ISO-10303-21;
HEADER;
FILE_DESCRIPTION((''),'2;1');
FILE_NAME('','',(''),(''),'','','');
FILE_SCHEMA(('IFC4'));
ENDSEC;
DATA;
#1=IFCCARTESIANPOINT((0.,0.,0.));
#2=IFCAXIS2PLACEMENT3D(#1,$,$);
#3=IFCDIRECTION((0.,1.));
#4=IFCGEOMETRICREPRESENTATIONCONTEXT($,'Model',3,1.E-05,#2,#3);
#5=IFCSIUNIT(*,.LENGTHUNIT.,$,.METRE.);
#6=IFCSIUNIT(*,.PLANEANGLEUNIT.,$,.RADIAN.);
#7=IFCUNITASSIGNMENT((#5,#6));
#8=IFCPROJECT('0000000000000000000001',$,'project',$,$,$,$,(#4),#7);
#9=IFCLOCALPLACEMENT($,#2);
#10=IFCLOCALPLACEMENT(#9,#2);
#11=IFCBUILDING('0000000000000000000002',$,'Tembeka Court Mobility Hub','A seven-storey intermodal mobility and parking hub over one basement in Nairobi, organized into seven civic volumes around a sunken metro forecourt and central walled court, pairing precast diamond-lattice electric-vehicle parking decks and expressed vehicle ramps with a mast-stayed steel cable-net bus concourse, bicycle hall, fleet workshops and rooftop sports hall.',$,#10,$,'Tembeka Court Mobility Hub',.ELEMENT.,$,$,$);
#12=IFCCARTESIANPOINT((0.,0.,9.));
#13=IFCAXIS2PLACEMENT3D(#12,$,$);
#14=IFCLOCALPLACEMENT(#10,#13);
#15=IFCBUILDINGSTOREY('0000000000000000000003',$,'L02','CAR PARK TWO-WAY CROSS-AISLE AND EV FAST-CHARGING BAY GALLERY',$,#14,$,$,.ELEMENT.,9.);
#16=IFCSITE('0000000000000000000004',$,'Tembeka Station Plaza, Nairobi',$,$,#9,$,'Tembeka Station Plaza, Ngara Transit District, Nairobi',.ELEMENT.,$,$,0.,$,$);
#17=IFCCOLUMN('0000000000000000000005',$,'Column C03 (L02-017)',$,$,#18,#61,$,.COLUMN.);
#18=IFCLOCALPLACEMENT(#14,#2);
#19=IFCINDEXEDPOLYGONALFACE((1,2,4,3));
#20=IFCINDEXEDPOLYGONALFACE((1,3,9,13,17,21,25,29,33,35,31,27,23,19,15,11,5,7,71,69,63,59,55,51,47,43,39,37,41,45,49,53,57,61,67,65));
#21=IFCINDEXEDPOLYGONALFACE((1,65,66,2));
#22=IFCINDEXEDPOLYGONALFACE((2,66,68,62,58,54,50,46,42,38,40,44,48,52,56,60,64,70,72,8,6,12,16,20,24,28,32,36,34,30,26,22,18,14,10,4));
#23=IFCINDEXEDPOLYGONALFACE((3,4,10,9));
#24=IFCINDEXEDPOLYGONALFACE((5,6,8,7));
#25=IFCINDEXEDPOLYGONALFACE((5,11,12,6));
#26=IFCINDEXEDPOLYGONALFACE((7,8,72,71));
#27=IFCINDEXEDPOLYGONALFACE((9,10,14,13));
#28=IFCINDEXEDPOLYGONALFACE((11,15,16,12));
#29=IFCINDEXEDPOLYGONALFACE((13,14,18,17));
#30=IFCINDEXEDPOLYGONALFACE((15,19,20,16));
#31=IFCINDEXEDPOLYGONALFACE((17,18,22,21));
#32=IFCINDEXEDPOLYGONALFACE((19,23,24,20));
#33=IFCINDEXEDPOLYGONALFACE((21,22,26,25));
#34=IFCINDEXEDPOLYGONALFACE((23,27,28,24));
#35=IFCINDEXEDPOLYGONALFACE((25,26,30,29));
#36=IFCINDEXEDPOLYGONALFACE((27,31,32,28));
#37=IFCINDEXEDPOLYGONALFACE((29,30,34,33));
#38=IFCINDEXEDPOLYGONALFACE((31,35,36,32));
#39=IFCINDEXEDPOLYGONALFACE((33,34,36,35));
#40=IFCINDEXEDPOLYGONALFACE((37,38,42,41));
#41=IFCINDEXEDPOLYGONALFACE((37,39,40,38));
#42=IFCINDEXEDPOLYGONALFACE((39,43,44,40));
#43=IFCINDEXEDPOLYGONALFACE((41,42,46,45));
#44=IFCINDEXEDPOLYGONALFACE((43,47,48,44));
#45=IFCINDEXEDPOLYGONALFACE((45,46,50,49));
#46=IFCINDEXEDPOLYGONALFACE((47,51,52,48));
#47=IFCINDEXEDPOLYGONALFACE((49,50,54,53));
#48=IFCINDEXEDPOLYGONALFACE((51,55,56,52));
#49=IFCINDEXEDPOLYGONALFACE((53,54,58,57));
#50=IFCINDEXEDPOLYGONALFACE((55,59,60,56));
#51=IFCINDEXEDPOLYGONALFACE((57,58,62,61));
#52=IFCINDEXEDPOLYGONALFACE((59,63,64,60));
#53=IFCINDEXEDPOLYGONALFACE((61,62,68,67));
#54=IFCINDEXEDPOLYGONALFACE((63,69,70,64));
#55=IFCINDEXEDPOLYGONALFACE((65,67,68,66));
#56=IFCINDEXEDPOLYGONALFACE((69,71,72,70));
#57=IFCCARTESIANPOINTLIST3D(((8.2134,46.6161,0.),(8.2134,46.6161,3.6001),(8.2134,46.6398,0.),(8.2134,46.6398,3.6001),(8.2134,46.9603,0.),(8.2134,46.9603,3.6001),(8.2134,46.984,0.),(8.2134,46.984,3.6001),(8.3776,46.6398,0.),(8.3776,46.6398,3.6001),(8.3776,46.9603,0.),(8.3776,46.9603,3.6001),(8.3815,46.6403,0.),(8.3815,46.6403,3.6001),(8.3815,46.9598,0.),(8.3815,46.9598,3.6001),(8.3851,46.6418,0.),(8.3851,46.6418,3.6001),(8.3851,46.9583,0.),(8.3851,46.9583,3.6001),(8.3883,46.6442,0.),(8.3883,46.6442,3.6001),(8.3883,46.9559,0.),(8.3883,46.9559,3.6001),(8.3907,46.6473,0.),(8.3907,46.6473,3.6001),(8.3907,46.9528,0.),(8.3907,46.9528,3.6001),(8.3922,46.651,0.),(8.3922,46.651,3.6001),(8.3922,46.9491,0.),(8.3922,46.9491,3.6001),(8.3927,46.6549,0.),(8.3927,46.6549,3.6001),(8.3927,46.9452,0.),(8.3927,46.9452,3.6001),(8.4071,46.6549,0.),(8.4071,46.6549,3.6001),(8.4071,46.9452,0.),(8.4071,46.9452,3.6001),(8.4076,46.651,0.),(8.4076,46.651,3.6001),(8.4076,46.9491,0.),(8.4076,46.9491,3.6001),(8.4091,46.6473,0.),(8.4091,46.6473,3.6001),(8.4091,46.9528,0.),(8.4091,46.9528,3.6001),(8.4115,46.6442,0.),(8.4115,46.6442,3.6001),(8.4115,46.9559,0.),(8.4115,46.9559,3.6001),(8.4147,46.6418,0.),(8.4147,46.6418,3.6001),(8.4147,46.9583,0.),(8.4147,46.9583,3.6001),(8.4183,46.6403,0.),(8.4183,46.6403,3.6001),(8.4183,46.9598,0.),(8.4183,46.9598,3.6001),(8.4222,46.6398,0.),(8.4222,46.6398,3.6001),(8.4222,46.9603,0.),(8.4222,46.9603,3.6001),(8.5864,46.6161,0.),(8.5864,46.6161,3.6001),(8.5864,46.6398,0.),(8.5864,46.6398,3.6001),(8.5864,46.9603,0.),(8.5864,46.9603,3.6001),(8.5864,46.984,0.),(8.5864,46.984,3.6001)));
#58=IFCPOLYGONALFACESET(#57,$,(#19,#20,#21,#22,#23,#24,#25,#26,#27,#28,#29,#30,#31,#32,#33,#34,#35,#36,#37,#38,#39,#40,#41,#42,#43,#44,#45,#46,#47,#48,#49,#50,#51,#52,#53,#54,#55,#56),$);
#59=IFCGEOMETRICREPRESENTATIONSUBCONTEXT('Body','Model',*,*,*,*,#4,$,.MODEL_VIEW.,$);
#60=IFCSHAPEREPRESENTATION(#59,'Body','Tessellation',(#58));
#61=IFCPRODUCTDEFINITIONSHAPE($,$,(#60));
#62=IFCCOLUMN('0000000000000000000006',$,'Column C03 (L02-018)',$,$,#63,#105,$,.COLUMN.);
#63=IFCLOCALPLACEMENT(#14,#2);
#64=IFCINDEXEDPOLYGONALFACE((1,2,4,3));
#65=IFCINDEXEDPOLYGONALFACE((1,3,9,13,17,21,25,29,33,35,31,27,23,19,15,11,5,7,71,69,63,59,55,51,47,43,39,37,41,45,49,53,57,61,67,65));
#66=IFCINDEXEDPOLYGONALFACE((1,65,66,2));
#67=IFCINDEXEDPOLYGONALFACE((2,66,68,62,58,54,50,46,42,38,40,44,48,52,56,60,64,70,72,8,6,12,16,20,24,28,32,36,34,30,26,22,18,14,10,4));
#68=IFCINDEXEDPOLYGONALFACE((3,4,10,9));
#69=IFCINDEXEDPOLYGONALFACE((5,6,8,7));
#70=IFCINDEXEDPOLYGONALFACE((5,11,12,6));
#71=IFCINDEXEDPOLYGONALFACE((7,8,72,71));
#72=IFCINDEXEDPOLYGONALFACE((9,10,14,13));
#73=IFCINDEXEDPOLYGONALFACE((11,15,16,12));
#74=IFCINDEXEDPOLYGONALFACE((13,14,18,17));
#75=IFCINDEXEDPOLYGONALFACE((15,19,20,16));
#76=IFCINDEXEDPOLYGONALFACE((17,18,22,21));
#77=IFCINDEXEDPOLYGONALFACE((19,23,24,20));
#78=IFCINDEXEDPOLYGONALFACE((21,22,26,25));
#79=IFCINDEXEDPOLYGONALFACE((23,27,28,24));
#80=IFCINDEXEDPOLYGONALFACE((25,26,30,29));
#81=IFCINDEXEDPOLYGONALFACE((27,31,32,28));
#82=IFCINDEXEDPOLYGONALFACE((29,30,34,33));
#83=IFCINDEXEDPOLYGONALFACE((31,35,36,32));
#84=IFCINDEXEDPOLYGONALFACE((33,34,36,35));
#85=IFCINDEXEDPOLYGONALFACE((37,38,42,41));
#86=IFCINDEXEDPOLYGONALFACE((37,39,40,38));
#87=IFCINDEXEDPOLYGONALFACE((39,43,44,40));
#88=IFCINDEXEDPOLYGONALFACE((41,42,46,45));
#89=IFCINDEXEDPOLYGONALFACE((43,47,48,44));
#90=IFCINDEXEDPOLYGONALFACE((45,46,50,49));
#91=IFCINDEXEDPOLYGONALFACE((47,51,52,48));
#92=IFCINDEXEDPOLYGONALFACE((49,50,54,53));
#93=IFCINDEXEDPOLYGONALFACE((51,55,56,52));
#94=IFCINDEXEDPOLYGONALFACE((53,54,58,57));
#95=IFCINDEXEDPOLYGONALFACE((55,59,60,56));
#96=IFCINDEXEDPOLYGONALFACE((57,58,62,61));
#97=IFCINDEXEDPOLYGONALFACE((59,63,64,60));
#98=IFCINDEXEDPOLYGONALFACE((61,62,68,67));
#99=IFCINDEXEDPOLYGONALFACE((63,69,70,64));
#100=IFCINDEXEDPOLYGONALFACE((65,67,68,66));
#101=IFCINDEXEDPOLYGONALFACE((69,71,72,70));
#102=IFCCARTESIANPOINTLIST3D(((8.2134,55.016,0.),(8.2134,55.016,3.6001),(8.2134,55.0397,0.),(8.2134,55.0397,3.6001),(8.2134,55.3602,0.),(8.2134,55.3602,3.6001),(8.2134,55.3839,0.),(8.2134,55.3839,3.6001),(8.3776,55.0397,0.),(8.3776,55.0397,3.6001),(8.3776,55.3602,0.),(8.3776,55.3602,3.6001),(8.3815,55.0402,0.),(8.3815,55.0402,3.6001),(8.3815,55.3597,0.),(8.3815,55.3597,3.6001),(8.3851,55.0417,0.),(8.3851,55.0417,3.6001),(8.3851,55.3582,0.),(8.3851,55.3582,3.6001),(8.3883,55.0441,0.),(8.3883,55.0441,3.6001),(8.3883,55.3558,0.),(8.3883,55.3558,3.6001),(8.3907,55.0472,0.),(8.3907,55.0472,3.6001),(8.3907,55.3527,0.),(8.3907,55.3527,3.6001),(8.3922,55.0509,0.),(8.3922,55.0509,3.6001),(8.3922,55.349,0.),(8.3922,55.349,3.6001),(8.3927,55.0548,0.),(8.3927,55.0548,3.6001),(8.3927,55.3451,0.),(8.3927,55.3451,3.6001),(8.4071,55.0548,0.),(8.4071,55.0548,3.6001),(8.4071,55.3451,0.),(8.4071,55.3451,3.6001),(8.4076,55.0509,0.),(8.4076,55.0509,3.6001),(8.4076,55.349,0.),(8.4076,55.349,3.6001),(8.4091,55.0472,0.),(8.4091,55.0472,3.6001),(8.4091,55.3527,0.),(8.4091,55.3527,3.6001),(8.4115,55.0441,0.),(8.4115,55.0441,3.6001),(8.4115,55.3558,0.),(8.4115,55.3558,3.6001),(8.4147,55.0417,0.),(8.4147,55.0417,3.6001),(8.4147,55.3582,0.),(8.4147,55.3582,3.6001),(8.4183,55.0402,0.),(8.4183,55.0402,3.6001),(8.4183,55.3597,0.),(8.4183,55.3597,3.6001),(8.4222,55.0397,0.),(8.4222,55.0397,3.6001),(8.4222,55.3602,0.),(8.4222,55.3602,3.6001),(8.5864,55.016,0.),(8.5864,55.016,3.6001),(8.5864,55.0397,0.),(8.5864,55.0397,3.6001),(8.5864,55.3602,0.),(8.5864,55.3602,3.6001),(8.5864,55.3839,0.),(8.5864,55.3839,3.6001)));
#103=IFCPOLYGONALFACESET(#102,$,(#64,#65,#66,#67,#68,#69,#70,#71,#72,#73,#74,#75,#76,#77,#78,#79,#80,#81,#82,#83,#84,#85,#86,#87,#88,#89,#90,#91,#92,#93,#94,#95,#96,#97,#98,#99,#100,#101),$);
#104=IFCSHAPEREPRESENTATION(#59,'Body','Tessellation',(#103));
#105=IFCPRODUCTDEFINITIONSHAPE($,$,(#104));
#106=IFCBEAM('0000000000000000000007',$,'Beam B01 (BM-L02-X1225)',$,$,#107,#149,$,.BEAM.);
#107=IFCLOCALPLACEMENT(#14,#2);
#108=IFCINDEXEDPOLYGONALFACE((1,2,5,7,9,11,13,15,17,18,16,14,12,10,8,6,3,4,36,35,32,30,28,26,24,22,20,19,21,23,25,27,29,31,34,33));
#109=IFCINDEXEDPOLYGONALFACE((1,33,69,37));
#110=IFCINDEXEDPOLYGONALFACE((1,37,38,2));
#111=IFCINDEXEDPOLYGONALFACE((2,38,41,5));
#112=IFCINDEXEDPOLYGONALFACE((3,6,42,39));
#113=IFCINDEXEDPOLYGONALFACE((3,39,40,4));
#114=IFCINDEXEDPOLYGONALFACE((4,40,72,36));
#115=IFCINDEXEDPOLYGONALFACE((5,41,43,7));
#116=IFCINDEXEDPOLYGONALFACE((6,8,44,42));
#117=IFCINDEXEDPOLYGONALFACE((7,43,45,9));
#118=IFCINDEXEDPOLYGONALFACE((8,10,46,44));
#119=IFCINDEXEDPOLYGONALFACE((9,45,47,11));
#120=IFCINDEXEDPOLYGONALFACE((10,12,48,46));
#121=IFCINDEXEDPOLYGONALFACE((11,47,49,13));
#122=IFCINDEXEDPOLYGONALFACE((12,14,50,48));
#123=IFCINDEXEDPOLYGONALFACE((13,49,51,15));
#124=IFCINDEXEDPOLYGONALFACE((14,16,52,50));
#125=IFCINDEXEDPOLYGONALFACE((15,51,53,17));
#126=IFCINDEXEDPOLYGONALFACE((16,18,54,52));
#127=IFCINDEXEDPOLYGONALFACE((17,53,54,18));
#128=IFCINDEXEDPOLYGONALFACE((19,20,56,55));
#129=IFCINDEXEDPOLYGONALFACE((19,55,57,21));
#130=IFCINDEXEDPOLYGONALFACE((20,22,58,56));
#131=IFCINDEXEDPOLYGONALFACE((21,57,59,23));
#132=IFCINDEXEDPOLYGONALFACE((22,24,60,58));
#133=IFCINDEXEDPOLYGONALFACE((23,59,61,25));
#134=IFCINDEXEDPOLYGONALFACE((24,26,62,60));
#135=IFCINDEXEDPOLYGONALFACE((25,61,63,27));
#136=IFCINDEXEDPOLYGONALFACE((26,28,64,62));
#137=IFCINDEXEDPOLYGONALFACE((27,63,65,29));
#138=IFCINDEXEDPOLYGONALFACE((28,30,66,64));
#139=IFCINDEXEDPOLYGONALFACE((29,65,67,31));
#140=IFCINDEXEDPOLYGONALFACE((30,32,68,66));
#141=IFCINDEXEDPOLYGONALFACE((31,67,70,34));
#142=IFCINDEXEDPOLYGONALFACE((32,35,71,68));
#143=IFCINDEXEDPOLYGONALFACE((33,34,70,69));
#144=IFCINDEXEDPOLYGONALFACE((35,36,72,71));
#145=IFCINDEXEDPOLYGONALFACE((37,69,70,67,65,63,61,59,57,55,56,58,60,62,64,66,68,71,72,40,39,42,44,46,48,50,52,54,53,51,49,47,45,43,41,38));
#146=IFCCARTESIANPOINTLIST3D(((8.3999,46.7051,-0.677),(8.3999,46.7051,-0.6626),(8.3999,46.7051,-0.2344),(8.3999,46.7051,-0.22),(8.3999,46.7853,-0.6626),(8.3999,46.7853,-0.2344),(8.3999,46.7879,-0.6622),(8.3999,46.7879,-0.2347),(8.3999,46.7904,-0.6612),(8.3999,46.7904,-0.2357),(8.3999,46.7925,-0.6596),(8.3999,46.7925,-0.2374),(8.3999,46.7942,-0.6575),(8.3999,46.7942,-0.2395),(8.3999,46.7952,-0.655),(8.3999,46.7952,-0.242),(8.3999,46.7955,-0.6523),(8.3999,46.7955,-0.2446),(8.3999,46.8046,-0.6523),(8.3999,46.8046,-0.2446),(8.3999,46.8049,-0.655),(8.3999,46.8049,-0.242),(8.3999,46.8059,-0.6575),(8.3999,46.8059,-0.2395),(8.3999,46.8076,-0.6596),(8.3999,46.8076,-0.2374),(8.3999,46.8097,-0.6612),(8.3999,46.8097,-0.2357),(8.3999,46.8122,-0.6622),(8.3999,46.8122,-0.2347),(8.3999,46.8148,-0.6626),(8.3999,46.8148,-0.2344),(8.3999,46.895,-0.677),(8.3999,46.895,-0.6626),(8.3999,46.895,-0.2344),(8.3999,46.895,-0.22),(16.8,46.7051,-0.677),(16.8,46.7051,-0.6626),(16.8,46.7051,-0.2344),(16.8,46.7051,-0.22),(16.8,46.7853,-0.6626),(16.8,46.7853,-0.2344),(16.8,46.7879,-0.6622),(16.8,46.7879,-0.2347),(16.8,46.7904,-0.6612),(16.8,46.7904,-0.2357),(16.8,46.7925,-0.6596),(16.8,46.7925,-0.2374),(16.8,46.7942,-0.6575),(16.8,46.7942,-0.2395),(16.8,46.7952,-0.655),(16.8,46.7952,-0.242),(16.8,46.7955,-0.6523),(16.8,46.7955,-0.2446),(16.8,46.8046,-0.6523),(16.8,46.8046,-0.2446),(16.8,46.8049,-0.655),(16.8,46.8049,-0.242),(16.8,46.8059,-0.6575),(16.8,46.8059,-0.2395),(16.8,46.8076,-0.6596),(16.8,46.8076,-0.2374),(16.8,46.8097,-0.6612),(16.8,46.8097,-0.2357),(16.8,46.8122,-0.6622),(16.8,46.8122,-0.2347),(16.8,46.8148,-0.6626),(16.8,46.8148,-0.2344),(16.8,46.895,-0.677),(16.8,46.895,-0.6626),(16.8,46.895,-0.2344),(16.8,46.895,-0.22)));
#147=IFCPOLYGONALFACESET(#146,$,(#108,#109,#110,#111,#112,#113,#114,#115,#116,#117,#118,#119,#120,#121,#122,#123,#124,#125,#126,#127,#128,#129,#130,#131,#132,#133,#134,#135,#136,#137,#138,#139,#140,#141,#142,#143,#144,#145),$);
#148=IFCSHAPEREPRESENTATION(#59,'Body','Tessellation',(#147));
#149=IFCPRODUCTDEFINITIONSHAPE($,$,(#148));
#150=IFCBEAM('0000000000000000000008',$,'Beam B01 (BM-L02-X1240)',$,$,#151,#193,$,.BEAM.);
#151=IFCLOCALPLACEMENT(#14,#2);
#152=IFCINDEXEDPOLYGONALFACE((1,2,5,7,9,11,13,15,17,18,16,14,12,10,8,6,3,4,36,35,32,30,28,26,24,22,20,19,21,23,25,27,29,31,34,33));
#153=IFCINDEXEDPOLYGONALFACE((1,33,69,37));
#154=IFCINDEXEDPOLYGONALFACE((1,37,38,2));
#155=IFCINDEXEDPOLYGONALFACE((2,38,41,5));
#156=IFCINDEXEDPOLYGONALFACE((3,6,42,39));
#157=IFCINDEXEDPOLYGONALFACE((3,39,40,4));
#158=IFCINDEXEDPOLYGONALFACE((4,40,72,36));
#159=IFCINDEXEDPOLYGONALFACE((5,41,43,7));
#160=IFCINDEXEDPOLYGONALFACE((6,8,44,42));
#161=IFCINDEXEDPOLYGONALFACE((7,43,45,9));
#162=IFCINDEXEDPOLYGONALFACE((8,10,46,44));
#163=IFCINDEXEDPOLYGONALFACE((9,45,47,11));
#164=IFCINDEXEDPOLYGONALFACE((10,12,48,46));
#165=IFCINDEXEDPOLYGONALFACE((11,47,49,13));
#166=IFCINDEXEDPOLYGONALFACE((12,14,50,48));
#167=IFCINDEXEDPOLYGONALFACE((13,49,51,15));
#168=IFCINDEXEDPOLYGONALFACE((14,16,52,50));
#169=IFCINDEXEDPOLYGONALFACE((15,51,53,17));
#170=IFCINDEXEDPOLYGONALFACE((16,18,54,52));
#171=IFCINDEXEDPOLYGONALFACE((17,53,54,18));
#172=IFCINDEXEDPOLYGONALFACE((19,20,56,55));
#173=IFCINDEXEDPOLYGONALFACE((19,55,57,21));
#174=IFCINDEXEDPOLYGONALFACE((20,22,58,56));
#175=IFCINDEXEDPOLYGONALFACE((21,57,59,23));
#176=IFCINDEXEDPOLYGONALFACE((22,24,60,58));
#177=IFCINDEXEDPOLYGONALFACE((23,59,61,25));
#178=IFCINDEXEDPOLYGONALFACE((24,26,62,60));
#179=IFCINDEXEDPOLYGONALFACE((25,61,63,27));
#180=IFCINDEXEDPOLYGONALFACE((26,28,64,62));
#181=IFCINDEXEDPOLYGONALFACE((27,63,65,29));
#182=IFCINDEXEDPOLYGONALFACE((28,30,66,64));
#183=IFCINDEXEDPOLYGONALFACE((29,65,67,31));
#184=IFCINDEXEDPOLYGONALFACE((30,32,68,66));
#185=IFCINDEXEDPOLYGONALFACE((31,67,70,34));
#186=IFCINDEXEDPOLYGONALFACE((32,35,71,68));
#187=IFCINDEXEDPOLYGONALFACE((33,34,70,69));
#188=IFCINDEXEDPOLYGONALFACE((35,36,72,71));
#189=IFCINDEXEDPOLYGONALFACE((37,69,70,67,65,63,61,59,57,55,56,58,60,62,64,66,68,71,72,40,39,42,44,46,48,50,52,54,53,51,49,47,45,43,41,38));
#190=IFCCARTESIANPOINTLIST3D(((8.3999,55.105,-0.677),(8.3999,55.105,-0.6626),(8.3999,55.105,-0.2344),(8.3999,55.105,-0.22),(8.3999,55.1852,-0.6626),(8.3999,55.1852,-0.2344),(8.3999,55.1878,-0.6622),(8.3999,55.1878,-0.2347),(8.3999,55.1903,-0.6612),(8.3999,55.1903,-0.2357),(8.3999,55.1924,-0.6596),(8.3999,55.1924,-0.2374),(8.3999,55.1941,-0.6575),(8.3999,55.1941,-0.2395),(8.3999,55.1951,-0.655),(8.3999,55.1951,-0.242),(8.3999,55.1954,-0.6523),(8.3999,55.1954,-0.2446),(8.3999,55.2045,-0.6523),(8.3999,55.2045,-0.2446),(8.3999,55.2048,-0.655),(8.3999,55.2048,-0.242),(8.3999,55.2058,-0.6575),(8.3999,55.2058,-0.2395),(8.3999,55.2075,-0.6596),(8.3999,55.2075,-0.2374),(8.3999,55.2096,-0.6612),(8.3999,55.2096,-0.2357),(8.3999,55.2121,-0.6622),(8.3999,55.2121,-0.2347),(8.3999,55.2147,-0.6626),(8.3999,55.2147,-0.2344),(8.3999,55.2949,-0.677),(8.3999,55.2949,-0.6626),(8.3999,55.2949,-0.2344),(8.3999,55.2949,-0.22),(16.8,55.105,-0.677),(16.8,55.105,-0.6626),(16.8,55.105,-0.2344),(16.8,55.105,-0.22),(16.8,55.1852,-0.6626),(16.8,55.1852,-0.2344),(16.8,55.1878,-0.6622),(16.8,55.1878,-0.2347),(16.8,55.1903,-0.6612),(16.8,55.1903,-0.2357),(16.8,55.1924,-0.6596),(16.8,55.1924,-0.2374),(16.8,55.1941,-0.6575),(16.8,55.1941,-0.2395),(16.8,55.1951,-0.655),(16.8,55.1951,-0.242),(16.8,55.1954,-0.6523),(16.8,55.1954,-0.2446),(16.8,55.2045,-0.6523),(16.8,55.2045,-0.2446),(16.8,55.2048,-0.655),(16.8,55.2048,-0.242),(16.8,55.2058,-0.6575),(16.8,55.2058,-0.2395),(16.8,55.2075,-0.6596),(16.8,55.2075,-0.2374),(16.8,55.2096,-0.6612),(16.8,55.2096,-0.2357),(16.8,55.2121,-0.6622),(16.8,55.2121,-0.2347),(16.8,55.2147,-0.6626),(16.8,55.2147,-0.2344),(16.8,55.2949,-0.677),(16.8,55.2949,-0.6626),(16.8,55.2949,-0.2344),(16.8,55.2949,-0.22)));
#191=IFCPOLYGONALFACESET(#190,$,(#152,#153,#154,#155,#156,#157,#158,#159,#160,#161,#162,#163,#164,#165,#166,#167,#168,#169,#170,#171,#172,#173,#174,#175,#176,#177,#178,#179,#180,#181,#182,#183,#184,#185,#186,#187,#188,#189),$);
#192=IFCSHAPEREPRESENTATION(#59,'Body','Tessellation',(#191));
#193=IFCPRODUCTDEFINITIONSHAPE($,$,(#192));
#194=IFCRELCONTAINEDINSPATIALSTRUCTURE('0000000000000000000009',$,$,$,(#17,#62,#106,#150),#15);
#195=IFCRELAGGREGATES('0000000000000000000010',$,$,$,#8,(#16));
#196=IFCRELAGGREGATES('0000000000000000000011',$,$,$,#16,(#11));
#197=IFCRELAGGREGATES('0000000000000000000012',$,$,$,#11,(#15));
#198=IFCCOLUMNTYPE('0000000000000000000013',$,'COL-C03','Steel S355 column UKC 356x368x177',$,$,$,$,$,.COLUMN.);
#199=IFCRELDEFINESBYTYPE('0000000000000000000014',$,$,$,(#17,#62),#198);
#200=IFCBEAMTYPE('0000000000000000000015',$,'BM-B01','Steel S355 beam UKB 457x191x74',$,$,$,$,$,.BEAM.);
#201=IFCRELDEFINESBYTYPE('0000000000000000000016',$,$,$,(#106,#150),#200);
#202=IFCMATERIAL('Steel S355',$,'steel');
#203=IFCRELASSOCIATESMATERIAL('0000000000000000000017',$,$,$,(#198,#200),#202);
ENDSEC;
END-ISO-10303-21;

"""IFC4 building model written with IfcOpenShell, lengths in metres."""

from ifc_helpers import new_model, si_unit, direction, frame, origin, origin_2d, place, context, subcontext, project, spatial, i_section, extrude, material, material_profile, profile_set, type_object, element, save


model = new_model("IFC4")

# Units and contexts
model_context = context("Model", 3, precision=1e-05, world=origin(), true_north=direction((0.0, 1.0)))
body_context = subcontext(model_context, "Body", "Model", "MODEL_VIEW")
ifc_project = project(units=[si_unit("LENGTHUNIT", "METRE"), si_unit("PLANEANGLEUNIT", "RADIAN")], contexts=[model_context])

# Site, building, storey
site_placement = place(None, origin())
site = spatial("IfcSite", under=ifc_project, at=site_placement, Name="Tembeka Station Plaza, Nairobi", LongName="Tembeka Station Plaza, Ngara Transit District, Nairobi", CompositionType="ELEMENT", RefElevation=0.0)
building_placement = place(site_placement, origin())
building = spatial("IfcBuilding", under=site, at=building_placement, Name="Tembeka Court Mobility Hub", Description="A seven-storey intermodal mobility and parking hub over one basement in Nairobi, organized into seven civic volumes around a sunken metro forecourt and central walled court, pairing precast diamond-lattice electric-vehicle parking decks and expressed vehicle ramps with a mast-stayed steel cable-net bus concourse, bicycle hall, fleet workshops and rooftop sports hall.", LongName="Tembeka Court Mobility Hub", CompositionType="ELEMENT")
storey_placement = place(building_placement, frame((0.0, 0.0, 9.0)))
storey = spatial("IfcBuildingStorey", under=building, at=storey_placement, Name="L02", Description="CAR PARK TWO-WAY CROSS-AISLE AND EV FAST-CHARGING BAY GALLERY", CompositionType="ELEMENT", Elevation=9.0)

# Columns
ifc_material_1 = material(Name="Steel S355", Category="steel")
ifc_material_profile_1 = material_profile(ifc_material_1, i_section(OverallWidth=0.373, OverallDepth=0.3679, WebThickness=0.0144, FlangeThickness=0.0237, FilletRadius=0.0151, at=origin_2d()), Name="UKC 356x368x177")
ifc_profile_set_1 = profile_set([ifc_material_profile_1], Name="Steel S355")
column_type = type_object("IfcColumnType", Name="COL-C03", Description="Steel S355 column UKC 356x368x177", PredefinedType="COLUMN", material=ifc_profile_set_1)
for number, where, z_axis, x_axis, name in (
    (1, (8.3999, 46.8, 0.0), (0.0, 0.0, 1.0), (1.0, 0.0, 0.0), "Column C03 (L02-017)"),
    (2, (8.3999, 55.2, 0.0), (0.0, 0.0, 1.0), (1.0, 0.0, 0.0), "Column C03 (L02-018)"),
):
    element("IfcColumn", number, at=place(storey_placement, frame(where, z_axis=z_axis, x_axis=x_axis)), inside=storey, type_object=column_type, Name=name, PredefinedType="COLUMN", context=body_context, shape_type="SweptSolid", body=[
        extrude(i_section(OverallWidth=0.373, OverallDepth=0.3679, WebThickness=0.0144, FlangeThickness=0.0237, FilletRadius=0.0151, at=origin_2d()), origin(), (0.0, 0.0, 1.0), 3.6001),
    ])

# Beams
ifc_material_profile_2 = material_profile(ifc_material_1, i_section(OverallWidth=0.1899, OverallDepth=0.457, WebThickness=0.009, FlangeThickness=0.0144, FilletRadius=0.0103, at=origin_2d()), Name="UKB 457x191x74")
ifc_profile_set_2 = profile_set([ifc_material_profile_2], Name="Steel S355")
beam_type_1 = type_object("IfcBeamType", Name="BM-B01", Description="Steel S355 beam UKB 457x191x74", PredefinedType="BEAM", material=ifc_profile_set_2)
for number, where, z_axis, x_axis, name in (
    (3, (8.3999, 46.8, -0.4485), (1.0, 0.0, 0.0), (0.0, 1.0, 0.0), "Beam B01 (BM-L02-X1225)"),
    (4, (8.3999, 55.2, -0.4485), (1.0, 0.0, 0.0), (0.0, 1.0, 0.0), "Beam B01 (BM-L02-X1240)"),
):
    element("IfcBeam", number, at=place(storey_placement, frame(where, z_axis=z_axis, x_axis=x_axis)), inside=storey, type_object=beam_type_1, Name=name, PredefinedType="BEAM", context=body_context, shape_type="SweptSolid", body=[
        extrude(i_section(OverallWidth=0.1899, OverallDepth=0.457, WebThickness=0.009, FlangeThickness=0.0144, FilletRadius=0.0103, at=origin_2d()), origin(), (0.0, 0.0, 1.0), 8.4001),
    ])

save(model, "model.ifc")
